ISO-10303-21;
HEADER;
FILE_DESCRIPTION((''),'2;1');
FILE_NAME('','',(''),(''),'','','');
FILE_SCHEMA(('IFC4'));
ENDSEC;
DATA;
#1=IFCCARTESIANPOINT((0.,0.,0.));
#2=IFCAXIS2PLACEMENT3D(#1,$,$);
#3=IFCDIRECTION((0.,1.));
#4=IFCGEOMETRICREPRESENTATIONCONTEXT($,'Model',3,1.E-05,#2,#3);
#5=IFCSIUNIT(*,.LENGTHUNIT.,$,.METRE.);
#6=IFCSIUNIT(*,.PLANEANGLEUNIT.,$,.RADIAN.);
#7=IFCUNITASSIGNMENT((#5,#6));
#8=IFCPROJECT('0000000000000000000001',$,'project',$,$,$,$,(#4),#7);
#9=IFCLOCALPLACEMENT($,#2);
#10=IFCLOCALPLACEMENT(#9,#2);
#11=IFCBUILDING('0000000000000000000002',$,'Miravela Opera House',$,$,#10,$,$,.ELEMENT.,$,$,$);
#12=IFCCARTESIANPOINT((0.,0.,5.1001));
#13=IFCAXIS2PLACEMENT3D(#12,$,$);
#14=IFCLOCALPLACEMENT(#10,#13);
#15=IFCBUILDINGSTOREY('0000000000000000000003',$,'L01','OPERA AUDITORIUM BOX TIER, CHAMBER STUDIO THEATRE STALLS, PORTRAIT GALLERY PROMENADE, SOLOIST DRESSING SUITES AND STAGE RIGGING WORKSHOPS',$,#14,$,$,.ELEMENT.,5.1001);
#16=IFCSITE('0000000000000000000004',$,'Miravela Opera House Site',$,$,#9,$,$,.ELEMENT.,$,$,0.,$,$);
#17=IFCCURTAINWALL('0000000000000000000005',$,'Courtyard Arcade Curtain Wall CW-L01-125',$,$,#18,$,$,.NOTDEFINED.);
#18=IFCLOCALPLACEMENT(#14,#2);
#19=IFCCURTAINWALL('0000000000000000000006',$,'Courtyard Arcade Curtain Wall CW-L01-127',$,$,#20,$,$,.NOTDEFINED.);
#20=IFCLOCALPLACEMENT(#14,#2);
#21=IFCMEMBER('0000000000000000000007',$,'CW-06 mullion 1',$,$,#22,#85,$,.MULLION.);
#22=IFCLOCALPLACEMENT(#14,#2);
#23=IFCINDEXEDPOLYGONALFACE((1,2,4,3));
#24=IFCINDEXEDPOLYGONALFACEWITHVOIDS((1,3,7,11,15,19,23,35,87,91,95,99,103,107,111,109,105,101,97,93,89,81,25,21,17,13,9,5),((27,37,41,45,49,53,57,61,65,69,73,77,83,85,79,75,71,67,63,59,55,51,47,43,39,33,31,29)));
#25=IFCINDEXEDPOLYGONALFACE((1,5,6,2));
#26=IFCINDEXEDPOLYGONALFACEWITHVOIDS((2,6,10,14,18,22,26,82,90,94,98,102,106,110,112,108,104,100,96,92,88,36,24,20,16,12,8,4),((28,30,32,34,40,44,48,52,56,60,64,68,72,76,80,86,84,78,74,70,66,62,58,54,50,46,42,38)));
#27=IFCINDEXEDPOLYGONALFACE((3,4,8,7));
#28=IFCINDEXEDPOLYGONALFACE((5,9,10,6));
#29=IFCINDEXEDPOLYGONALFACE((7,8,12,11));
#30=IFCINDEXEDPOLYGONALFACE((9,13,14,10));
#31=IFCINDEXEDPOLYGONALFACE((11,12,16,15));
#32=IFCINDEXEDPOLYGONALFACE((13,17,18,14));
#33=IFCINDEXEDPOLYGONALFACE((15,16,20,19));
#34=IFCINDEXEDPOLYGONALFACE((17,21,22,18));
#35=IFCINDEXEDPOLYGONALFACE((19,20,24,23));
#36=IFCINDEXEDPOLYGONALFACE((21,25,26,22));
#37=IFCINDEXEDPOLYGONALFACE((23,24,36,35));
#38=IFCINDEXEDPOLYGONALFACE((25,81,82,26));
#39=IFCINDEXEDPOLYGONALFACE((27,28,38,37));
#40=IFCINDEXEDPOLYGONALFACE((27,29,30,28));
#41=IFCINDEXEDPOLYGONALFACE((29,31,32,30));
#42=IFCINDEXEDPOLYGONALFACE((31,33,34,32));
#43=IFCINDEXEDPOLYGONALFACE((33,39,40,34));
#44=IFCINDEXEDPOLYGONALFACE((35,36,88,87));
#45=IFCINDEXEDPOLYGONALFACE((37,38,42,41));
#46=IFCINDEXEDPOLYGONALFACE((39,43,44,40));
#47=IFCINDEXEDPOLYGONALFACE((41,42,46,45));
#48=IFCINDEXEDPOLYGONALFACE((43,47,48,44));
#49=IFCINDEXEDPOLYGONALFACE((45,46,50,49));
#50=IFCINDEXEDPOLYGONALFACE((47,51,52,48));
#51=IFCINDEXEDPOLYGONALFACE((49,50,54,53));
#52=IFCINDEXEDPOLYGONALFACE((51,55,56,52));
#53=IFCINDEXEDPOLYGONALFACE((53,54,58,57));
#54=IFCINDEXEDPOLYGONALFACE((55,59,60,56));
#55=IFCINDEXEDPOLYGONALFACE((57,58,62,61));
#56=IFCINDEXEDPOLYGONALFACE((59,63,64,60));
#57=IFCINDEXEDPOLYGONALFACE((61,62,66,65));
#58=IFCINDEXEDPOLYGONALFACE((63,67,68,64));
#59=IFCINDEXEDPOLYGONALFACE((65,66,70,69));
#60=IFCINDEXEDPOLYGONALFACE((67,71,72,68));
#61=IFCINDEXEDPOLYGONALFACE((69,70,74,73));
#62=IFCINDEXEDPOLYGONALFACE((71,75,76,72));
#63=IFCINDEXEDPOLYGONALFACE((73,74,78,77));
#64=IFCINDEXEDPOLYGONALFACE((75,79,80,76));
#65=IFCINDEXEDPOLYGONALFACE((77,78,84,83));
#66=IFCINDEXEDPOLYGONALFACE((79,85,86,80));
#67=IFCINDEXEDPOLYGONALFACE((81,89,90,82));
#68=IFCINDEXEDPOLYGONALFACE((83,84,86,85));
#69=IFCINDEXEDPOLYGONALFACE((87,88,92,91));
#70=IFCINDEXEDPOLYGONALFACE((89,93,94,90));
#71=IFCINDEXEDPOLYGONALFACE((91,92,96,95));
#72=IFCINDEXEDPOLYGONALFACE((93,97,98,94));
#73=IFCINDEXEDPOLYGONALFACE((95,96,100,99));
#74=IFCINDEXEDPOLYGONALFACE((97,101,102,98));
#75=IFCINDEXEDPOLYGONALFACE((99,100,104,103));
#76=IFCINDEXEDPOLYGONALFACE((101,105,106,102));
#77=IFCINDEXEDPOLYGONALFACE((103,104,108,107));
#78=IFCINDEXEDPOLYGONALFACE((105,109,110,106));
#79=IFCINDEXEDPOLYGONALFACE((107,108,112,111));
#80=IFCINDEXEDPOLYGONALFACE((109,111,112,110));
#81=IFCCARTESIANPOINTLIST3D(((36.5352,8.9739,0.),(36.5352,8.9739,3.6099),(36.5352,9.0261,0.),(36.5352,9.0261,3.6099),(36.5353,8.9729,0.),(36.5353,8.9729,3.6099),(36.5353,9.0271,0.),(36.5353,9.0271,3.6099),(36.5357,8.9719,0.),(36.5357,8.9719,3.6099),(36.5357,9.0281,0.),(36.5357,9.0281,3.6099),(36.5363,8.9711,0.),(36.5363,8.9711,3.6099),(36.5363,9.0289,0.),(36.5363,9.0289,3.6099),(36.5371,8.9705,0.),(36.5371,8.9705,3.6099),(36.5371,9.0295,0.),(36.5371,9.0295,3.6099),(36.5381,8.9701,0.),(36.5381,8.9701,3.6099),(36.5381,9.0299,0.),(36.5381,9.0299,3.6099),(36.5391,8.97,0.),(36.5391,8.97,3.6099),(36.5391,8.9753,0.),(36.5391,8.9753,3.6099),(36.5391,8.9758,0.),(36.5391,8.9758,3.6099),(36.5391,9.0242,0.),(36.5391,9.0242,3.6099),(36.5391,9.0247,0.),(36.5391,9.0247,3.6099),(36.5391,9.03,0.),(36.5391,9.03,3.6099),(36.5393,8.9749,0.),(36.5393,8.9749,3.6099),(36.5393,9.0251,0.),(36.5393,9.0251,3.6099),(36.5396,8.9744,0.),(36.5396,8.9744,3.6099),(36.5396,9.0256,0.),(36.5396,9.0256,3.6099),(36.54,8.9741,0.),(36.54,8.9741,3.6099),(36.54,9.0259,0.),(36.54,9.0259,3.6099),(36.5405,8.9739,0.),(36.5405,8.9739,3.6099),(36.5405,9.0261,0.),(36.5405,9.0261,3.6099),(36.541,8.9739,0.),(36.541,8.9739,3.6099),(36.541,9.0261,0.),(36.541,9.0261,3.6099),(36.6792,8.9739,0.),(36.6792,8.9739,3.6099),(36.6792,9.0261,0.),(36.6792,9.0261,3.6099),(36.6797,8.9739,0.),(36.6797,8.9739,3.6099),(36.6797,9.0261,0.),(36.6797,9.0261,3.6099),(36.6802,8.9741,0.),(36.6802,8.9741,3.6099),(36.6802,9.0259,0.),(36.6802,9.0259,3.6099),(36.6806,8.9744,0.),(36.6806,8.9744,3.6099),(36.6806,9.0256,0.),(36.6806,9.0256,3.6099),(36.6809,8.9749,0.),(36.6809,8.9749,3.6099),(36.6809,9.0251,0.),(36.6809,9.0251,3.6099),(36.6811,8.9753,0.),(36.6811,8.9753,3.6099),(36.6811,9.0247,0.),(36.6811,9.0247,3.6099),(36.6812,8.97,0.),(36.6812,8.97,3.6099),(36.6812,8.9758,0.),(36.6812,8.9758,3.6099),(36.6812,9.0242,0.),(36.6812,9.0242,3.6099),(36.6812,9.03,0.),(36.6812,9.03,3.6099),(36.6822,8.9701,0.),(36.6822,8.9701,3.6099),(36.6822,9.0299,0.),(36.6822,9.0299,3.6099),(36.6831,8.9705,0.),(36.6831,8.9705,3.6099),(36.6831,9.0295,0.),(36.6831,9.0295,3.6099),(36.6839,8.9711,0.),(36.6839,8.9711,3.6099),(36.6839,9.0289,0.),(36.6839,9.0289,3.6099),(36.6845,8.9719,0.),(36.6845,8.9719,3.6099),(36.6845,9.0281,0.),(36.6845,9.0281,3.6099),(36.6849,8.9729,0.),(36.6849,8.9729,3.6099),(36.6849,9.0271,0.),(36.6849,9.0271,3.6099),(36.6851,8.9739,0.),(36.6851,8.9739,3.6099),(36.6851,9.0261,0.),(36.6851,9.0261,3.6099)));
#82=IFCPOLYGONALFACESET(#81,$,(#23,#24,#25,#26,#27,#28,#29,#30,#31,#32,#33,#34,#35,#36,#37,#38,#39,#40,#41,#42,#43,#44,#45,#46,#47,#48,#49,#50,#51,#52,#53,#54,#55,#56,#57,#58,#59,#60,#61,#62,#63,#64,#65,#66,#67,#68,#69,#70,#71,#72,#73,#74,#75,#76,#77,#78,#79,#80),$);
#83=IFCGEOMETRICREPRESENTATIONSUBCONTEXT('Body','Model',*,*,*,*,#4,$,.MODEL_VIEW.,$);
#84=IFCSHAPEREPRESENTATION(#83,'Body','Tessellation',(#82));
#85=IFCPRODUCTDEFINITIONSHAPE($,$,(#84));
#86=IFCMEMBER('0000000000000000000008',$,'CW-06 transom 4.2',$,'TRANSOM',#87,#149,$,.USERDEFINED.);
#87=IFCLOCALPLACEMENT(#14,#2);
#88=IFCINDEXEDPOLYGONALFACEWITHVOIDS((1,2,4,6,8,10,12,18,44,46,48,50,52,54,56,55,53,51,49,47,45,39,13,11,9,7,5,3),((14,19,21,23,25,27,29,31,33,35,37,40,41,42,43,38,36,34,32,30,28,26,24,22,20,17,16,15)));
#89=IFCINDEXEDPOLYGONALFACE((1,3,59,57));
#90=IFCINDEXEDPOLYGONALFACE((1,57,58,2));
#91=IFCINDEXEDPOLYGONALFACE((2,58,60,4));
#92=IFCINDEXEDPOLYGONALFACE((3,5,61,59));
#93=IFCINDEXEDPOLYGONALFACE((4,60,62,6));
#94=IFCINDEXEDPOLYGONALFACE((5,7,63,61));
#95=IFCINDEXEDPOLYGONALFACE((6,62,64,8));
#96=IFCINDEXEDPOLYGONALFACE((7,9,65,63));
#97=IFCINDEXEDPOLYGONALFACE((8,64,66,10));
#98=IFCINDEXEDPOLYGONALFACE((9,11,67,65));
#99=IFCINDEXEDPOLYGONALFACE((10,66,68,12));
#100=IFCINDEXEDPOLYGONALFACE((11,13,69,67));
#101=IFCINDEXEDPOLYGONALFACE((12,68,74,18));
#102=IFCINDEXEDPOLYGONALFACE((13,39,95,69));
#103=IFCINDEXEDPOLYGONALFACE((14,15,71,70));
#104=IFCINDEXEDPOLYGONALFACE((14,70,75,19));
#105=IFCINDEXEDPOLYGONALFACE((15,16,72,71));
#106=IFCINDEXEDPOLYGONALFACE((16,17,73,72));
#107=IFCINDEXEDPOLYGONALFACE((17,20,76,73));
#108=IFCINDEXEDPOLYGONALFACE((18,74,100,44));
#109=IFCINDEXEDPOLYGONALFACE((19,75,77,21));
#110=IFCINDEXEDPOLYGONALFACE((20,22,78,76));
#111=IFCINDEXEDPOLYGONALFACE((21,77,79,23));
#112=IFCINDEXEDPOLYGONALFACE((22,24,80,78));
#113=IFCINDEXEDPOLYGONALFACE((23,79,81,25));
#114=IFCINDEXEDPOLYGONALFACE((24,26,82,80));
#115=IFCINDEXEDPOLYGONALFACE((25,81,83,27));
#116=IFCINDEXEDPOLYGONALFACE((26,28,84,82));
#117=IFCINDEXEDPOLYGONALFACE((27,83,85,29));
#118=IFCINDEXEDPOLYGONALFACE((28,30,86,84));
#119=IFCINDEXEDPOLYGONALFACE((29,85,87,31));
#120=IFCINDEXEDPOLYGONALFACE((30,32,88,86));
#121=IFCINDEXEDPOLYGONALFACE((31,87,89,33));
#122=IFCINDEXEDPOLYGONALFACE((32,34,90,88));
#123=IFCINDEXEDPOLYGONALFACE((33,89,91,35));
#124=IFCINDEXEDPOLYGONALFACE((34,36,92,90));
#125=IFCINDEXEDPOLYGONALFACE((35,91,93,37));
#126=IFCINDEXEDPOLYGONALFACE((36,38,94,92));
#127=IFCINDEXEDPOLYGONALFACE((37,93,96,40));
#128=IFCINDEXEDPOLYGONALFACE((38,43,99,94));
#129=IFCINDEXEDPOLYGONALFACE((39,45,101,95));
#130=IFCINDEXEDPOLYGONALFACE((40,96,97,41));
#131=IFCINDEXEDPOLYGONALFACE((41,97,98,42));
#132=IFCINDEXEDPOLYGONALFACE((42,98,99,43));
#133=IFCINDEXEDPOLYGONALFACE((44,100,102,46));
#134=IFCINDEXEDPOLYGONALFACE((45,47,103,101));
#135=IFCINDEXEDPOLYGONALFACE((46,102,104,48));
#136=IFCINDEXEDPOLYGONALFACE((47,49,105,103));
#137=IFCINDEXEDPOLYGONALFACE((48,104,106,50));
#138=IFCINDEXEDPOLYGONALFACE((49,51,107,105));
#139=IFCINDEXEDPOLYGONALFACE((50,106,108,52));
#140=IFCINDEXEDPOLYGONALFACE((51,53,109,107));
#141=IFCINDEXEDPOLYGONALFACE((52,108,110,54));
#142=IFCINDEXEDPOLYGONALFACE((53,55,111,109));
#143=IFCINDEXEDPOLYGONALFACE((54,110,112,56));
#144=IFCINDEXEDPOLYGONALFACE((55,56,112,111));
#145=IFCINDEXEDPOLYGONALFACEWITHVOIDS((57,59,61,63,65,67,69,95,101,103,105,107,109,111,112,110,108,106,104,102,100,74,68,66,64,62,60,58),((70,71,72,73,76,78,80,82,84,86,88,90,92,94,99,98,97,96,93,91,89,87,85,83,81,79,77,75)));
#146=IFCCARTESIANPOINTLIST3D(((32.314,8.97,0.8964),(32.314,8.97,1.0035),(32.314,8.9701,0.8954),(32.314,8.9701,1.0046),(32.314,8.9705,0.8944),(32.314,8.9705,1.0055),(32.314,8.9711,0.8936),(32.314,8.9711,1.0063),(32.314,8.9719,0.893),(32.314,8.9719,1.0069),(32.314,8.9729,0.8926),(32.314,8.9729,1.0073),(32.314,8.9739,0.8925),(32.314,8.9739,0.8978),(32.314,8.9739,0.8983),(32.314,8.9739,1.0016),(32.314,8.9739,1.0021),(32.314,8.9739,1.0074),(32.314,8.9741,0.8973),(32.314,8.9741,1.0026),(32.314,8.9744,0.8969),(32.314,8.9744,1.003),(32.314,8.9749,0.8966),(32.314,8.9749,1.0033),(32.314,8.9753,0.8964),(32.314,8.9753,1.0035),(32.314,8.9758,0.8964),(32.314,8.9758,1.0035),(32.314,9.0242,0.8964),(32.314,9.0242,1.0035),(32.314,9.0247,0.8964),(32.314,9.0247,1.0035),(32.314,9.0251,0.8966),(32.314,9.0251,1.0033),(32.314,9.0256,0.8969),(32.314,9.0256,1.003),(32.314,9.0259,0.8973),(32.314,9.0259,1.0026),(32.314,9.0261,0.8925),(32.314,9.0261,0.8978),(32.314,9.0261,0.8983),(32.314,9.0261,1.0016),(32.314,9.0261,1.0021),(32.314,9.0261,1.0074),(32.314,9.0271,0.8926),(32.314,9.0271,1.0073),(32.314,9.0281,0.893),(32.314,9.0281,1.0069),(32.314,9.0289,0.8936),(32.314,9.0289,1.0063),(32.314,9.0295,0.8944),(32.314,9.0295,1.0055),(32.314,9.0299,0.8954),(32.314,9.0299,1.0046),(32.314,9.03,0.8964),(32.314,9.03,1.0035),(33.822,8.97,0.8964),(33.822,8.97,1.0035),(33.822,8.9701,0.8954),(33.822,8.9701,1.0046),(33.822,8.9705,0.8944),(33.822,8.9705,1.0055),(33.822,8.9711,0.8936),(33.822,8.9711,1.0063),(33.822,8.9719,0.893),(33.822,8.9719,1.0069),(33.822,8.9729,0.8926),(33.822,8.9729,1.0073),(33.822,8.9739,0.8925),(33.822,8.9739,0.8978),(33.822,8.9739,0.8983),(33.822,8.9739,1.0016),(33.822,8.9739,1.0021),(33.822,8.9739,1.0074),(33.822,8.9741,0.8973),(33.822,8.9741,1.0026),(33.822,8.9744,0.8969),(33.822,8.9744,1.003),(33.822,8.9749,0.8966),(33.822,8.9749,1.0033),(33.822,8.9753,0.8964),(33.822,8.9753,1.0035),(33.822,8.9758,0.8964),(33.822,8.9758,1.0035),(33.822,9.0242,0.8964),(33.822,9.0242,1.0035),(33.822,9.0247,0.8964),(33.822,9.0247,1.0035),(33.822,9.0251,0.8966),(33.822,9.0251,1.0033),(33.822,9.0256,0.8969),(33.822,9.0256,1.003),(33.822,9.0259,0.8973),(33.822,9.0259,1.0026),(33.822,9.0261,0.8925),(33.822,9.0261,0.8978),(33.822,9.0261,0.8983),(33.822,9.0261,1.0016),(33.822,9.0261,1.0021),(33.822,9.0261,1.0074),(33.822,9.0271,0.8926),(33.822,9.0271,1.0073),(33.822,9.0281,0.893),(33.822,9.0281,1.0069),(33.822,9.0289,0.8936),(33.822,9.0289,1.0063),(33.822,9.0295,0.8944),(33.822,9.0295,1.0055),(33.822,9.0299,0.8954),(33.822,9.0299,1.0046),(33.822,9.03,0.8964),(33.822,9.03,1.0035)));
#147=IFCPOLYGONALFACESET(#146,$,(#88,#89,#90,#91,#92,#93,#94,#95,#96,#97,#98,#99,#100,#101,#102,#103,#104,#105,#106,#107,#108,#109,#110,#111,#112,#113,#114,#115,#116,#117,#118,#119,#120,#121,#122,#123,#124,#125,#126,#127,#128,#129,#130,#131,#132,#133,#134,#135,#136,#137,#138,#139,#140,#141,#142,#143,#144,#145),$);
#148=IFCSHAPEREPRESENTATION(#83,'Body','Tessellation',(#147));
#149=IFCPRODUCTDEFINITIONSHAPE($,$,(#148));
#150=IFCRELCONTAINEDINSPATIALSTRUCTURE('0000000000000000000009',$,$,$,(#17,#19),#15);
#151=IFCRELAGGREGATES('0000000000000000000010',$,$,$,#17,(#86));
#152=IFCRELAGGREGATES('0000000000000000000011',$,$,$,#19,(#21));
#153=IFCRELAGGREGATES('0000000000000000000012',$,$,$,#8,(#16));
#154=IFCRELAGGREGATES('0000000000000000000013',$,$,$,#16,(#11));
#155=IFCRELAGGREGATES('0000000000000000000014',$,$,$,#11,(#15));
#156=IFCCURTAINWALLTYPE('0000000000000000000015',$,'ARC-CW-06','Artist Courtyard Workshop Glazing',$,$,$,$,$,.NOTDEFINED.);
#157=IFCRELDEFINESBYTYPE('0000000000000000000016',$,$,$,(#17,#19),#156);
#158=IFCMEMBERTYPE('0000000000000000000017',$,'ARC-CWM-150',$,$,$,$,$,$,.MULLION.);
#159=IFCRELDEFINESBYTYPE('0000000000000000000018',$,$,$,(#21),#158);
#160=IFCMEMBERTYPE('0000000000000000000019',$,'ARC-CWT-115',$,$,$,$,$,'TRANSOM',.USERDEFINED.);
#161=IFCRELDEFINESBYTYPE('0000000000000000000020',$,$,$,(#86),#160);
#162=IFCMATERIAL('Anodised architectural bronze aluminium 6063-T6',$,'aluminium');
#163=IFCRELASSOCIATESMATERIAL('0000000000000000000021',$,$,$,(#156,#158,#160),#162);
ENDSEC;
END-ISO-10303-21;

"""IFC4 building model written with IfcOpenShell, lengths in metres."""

from ifc_helpers import new_model, si_unit, direction, frame, origin, origin_2d, place, context, subcontext, project, spatial, hollow_rectangle, extrude, material, material_profile, profile_set, type_object, element, aggregate, save


model = new_model("IFC4")

# Units and contexts
model_context = context("Model", 3, precision=1e-05, world=origin(), true_north=direction((0.0, 1.0)))
body_context = subcontext(model_context, "Body", "Model", "MODEL_VIEW")
ifc_project = project(units=[si_unit("LENGTHUNIT", "METRE"), si_unit("PLANEANGLEUNIT", "RADIAN")], contexts=[model_context])

# Site, building, storey
site_placement = place(None, origin())
site = spatial("IfcSite", under=ifc_project, at=site_placement, Name="Miravela Opera House Site", CompositionType="ELEMENT", RefElevation=0.0)
building_placement = place(site_placement, origin())
building = spatial("IfcBuilding", under=site, at=building_placement, Name="Miravela Opera House", CompositionType="ELEMENT")
storey_placement = place(building_placement, frame((0.0, 0.0, 5.1001)))
storey = spatial("IfcBuildingStorey", under=building, at=storey_placement, Name="L01", Description="OPERA AUDITORIUM BOX TIER, CHAMBER STUDIO THEATRE STALLS, PORTRAIT GALLERY PROMENADE, SOLOIST DRESSING SUITES AND STAGE RIGGING WORKSHOPS", CompositionType="ELEMENT", Elevation=5.1001)

# Curtain wall
ifc_material_1 = material(Name="Anodised architectural bronze aluminium 6063-T6", Category="aluminium")
curtain_wall_type = type_object("IfcCurtainWallType", Name="ARC-CW-06", Description="Artist Courtyard Workshop Glazing", PredefinedType="NOTDEFINED", material=ifc_material_1)
curtain_wall_1_placement = place(storey_placement, origin())
curtain_wall_1 = element("IfcCurtainWall", 1, at=curtain_wall_1_placement, inside=storey, type_object=curtain_wall_type, Name="Courtyard Arcade Curtain Wall CW-L01-125", PredefinedType="NOTDEFINED")
ifc_material_profile_1 = material_profile(ifc_material_1, hollow_rectangle(XDim=0.0601, YDim=0.1499, WallThickness=0.0039, InnerFilletRadius=0.002, OuterFilletRadius=0.0039, at=origin_2d()), Name="CWM-60X150")
ifc_profile_set_1 = profile_set([ifc_material_profile_1])
member_type_1 = type_object("IfcMemberType", Name="ARC-CWM-150", PredefinedType="MULLION", material=ifc_profile_set_1)

# Curtain wall, member
curtain_wall_2_placement = place(storey_placement, origin())
curtain_wall_2 = element("IfcCurtainWall", 2, at=curtain_wall_2_placement, inside=storey, type_object=curtain_wall_type, Name="Courtyard Arcade Curtain Wall CW-L01-127", PredefinedType="NOTDEFINED")
member_1_placement = place(storey_placement, frame((36.6101, 9.0, 0.0), z_axis=(0.0, 0.0, 1.0), x_axis=(0.0, 1.0, 0.0)))
member_1 = element("IfcMember", 3, at=member_1_placement, type_object=member_type_1, Name="CW-06 mullion 1", PredefinedType="MULLION", context=body_context, shape_type="SweptSolid", body=[
    extrude(hollow_rectangle(XDim=0.0601, YDim=0.1499, WallThickness=0.0039, InnerFilletRadius=0.002, OuterFilletRadius=0.0039, at=origin_2d()), origin(), (0.0, 0.0, 1.0), 3.6099),
])

# Member
ifc_material_profile_2 = material_profile(ifc_material_1, hollow_rectangle(XDim=0.0601, YDim=0.115, WallThickness=0.0039, InnerFilletRadius=0.002, OuterFilletRadius=0.0039, at=origin_2d()), Name="CWT-60X115")
ifc_profile_set_2 = profile_set([ifc_material_profile_2])
member_type_2 = type_object("IfcMemberType", Name="ARC-CWT-115", ElementType="TRANSOM", PredefinedType="USERDEFINED", material=ifc_profile_set_2)
member_2_placement = place(storey_placement, frame((32.314, 9.0, 0.95), z_axis=(1.0, 0.0, 0.0), x_axis=(0.0, 1.0, 0.0)))
member_2 = element("IfcMember", 4, at=member_2_placement, type_object=member_type_2, Name="CW-06 transom 4.2", ObjectType="TRANSOM", PredefinedType="USERDEFINED", context=body_context, shape_type="SweptSolid", body=[
    extrude(hollow_rectangle(XDim=0.0601, YDim=0.115, WallThickness=0.0039, InnerFilletRadius=0.002, OuterFilletRadius=0.0039, at=origin_2d()), origin(), (0.0, 0.0, 1.0), 1.5081),
])

aggregate(curtain_wall_1, [member_2])
aggregate(curtain_wall_2, [member_1])

save(model, "model.ifc")
